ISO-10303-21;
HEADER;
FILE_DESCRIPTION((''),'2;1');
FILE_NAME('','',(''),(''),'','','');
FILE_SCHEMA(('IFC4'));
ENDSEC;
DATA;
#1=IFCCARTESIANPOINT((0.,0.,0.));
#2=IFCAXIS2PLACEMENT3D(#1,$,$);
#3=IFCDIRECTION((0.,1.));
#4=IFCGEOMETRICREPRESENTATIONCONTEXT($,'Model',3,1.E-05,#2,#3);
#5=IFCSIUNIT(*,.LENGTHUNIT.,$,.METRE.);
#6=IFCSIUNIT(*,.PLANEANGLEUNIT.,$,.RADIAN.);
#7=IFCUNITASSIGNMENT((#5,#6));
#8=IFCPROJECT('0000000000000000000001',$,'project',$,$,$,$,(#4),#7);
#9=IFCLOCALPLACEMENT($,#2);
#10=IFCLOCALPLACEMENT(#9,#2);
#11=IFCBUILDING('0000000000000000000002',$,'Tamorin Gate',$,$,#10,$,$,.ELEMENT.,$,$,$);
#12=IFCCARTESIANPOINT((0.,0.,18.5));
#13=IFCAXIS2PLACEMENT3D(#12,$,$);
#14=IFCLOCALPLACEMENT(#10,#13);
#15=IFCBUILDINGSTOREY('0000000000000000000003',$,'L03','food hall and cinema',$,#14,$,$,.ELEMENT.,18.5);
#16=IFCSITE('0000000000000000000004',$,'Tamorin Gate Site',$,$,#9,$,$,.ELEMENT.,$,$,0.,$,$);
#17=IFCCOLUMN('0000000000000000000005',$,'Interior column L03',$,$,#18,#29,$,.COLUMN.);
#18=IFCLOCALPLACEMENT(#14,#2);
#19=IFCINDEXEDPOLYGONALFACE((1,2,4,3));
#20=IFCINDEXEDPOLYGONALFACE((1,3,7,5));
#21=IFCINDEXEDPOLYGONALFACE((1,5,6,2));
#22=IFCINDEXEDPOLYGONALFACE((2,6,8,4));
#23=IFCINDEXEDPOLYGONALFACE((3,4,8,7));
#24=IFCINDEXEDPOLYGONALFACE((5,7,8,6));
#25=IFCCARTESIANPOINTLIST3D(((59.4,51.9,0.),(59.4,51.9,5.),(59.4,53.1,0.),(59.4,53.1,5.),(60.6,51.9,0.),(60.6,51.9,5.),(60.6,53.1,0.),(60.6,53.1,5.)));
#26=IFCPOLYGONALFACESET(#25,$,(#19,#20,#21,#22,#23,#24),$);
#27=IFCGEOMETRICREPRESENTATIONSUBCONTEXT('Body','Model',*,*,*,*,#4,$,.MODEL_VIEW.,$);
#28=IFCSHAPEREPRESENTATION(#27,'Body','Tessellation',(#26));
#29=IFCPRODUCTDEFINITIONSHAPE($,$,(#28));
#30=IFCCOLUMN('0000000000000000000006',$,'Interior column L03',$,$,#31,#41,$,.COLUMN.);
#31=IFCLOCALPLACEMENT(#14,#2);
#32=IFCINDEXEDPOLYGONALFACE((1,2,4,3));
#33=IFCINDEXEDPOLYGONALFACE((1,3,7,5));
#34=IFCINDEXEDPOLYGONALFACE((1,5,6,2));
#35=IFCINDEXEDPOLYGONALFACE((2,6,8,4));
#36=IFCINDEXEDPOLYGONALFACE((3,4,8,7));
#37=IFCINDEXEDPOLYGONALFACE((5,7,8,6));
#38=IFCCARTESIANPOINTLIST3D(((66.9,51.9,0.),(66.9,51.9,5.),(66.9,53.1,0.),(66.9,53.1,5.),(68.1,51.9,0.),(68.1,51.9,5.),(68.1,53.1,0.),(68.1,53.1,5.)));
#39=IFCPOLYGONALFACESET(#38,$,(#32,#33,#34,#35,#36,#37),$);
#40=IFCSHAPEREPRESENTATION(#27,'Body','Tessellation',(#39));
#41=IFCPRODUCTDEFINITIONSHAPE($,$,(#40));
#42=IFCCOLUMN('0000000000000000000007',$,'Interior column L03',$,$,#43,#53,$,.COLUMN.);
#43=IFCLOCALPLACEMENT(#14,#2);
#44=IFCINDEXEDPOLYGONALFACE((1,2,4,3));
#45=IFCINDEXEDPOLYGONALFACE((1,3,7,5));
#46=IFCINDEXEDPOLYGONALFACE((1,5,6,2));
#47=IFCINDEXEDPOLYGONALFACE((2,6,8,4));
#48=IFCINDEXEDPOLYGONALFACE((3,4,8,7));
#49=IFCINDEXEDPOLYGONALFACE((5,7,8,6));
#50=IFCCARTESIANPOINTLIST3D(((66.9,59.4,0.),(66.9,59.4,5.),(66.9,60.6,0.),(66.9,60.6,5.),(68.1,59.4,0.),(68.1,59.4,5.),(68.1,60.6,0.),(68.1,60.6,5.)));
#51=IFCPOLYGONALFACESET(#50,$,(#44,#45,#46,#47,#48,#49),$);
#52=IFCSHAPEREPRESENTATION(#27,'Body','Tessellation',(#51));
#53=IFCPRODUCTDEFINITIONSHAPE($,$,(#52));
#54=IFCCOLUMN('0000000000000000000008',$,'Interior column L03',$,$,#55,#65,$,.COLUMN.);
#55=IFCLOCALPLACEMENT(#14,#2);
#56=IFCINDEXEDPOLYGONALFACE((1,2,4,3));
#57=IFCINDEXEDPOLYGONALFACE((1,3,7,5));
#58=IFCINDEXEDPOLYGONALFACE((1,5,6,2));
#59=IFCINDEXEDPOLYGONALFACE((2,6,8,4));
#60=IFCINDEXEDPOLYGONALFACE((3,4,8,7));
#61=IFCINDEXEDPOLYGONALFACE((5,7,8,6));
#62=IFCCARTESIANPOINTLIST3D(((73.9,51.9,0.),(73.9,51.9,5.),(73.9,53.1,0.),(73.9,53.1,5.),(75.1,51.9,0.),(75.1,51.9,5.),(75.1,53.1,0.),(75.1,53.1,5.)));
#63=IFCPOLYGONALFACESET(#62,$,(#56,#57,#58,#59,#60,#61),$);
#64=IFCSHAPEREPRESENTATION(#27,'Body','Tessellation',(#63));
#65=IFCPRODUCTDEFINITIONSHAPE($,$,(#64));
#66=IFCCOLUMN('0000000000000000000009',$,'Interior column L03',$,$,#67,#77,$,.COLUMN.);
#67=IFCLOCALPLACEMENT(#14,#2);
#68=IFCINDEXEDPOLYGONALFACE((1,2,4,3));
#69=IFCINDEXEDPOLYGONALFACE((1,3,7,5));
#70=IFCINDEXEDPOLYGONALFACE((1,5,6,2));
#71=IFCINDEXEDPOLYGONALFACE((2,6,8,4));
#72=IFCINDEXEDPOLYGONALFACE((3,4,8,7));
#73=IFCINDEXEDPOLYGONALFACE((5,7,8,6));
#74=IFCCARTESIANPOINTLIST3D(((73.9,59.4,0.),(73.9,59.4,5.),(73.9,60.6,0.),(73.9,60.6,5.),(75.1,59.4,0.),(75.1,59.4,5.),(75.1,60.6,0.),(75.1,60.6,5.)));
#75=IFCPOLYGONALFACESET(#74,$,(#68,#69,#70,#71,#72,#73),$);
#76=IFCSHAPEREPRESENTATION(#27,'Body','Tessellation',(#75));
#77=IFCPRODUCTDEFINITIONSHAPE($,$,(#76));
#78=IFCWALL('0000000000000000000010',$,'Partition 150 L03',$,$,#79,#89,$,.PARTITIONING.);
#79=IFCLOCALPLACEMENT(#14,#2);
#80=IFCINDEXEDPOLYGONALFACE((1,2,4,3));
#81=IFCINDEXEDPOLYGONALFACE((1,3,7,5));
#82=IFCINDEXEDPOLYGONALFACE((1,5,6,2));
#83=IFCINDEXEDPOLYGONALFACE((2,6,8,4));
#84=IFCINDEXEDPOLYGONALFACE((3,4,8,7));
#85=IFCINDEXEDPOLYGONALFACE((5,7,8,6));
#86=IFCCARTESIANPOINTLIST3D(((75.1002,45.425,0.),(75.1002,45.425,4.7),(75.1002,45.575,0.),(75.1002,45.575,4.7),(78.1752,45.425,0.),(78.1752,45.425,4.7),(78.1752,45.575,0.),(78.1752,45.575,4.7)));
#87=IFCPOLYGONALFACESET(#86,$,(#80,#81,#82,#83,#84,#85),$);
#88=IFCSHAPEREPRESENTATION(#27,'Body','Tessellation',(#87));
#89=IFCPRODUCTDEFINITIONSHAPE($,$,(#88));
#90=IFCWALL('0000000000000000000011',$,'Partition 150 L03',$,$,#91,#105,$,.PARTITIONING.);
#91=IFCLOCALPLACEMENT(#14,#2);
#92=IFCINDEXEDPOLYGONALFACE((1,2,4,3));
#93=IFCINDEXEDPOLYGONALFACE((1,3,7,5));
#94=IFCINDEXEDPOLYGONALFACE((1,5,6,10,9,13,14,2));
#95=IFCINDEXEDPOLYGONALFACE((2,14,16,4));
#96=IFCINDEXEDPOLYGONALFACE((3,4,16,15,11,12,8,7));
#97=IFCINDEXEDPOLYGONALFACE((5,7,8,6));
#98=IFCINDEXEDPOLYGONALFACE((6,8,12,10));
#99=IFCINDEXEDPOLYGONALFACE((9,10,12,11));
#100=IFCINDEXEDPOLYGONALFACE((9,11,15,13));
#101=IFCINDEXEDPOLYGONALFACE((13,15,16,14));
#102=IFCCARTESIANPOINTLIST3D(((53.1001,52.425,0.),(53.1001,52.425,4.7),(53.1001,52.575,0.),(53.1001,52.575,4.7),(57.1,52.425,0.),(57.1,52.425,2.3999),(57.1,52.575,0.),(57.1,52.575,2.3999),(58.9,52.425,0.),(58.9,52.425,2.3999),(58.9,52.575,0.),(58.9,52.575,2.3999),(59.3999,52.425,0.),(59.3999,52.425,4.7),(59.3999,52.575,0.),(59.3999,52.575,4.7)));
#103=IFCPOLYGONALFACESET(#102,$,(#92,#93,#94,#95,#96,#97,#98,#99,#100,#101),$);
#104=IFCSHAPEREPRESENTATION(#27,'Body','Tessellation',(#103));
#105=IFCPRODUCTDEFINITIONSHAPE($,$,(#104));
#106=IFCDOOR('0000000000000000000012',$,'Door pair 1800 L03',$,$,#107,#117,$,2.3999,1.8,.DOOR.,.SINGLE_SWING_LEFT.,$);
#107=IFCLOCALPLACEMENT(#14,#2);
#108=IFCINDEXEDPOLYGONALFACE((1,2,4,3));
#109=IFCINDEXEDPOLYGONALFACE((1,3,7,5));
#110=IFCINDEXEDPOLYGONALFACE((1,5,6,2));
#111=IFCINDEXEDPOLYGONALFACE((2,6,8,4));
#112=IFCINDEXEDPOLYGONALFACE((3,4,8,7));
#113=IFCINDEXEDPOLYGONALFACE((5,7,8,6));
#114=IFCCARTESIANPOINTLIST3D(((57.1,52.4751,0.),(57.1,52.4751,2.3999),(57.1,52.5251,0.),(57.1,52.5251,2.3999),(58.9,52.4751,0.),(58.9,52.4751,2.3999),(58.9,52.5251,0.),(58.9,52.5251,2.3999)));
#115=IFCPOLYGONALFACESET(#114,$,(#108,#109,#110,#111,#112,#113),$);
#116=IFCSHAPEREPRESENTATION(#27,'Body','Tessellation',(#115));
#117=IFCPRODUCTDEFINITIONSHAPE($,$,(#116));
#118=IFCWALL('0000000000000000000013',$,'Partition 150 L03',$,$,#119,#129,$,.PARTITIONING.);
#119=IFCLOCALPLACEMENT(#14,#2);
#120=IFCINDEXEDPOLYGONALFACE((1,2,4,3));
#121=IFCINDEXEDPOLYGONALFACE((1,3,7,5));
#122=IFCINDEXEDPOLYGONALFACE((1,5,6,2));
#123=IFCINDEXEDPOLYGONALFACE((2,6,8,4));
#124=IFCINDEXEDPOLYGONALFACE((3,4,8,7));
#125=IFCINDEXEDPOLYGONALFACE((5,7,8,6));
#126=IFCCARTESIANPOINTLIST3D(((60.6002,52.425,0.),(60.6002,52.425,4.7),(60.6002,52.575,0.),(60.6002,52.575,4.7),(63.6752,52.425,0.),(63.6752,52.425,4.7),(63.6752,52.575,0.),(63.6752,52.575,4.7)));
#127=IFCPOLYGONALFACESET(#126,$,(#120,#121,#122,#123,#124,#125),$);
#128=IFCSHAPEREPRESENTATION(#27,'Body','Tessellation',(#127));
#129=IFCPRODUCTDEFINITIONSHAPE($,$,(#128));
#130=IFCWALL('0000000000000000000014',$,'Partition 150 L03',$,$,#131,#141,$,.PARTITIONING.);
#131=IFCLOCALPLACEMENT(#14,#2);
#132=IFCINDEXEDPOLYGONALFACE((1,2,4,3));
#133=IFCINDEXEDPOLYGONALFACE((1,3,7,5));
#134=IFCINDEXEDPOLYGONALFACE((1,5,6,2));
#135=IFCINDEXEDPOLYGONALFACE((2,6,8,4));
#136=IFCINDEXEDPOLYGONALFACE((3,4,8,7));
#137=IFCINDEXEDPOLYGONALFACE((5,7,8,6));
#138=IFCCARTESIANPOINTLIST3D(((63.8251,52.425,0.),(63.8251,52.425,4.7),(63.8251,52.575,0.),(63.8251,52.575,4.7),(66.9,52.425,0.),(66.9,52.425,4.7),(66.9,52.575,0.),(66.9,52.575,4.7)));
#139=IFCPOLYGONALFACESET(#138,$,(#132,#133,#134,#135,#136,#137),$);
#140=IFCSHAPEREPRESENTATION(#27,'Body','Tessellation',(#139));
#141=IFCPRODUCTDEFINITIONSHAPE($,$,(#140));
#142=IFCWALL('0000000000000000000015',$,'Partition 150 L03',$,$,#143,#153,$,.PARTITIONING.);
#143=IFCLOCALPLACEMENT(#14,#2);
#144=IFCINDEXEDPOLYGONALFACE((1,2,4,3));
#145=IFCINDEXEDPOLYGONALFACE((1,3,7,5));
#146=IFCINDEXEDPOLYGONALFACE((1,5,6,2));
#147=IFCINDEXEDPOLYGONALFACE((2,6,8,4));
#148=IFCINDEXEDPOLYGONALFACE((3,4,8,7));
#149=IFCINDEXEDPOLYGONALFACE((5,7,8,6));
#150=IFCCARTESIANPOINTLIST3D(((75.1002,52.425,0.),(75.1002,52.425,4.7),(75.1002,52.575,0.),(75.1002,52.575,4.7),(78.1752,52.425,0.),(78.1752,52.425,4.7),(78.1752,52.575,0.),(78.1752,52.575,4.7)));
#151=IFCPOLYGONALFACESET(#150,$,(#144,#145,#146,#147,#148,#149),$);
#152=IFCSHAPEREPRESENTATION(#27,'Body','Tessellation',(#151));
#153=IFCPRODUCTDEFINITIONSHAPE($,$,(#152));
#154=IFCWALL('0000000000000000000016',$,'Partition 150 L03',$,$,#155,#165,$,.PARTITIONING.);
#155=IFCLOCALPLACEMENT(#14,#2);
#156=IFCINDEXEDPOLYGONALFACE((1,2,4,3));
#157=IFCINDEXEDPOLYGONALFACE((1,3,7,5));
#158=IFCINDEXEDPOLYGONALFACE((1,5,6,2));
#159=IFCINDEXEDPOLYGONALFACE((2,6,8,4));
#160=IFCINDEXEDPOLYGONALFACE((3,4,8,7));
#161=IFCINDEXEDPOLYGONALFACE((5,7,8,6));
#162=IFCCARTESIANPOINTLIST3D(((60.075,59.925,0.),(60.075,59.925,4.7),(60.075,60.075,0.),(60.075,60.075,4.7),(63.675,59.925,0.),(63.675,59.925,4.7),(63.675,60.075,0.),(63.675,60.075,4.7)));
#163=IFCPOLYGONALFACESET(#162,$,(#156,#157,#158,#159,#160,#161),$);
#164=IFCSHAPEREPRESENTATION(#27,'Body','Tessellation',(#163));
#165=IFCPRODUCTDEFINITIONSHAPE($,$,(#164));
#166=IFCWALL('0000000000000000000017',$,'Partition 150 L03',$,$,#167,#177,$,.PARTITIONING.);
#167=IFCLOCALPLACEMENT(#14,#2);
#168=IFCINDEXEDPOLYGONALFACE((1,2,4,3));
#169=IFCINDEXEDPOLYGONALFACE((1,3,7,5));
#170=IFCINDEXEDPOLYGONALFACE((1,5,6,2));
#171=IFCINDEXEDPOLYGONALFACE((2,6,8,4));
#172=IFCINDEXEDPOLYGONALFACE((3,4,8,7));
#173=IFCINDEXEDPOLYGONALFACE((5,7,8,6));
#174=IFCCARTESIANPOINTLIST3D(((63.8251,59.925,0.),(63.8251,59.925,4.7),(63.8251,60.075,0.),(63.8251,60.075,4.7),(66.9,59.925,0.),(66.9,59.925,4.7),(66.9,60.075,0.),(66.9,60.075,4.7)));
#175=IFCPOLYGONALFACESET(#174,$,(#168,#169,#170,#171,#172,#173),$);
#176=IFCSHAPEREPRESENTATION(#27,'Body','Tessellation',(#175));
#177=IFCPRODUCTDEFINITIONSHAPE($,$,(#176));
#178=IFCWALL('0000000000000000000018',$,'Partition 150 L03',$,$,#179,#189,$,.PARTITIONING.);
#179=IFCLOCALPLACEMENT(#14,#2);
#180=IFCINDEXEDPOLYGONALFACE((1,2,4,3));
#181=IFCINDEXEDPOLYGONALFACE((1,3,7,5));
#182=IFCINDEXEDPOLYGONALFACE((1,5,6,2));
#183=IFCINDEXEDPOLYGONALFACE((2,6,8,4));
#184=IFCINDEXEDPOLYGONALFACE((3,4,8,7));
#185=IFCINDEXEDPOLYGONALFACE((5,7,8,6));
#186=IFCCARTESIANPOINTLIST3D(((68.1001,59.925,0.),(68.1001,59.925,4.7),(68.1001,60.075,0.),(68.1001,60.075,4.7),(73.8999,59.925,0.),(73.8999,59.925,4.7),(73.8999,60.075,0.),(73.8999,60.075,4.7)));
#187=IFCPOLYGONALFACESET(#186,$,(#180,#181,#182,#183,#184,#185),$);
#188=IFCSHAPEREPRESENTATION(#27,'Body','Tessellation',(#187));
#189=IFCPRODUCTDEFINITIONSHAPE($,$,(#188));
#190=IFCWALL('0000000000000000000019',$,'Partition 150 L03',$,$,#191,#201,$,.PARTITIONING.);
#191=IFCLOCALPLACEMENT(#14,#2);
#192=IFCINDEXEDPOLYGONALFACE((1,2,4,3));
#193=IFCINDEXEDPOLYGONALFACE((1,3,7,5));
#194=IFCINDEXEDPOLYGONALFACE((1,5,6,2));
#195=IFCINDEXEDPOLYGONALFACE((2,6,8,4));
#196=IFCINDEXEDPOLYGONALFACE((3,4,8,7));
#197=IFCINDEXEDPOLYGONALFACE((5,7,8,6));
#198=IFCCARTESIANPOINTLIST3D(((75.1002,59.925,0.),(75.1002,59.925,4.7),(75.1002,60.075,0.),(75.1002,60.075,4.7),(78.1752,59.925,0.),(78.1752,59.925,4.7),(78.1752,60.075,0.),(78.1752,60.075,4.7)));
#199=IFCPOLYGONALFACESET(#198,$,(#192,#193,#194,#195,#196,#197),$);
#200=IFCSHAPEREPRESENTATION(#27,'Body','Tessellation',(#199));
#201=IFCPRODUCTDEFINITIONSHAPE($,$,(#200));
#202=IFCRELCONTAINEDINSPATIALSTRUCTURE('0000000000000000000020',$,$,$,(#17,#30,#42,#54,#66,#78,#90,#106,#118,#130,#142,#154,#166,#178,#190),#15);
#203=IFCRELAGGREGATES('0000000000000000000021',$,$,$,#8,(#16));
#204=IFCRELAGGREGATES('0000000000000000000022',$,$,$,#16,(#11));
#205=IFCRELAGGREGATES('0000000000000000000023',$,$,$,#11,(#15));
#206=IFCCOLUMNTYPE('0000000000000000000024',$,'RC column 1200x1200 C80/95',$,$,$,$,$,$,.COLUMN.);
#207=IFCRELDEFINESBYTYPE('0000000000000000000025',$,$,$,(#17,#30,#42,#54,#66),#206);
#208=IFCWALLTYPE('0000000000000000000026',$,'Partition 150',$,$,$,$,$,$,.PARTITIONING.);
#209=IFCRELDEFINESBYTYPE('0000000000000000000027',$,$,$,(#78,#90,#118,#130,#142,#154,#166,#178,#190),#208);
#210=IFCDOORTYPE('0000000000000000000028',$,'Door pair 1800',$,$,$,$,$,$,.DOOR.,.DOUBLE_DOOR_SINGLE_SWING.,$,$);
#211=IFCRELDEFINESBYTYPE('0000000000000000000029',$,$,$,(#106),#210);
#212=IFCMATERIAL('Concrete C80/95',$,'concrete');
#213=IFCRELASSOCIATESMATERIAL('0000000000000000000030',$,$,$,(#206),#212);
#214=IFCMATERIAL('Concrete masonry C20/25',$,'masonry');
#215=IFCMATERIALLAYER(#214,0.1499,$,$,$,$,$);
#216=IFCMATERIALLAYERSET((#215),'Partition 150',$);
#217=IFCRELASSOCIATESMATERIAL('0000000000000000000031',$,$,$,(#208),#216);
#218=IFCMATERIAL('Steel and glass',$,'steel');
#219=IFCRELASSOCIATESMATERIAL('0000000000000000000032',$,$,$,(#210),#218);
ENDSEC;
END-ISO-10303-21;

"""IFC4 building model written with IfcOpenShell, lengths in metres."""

from ifc_helpers import new_model, si_unit, direction, frame, frame_2d, origin, origin_2d, place, context, subcontext, project, spatial, rectangle, extrude, material, layer, layer_set, material_profile, profile_set, type_object, element, fill, save


model = new_model("IFC4")

# Units and contexts
model_context = context("Model", 3, precision=1e-05, world=origin(), true_north=direction((0.0, 1.0)))
body_context = subcontext(model_context, "Body", "Model", "MODEL_VIEW")
ifc_project = project(units=[si_unit("LENGTHUNIT", "METRE"), si_unit("PLANEANGLEUNIT", "RADIAN")], contexts=[model_context])

# Site, building, storey
site_placement = place(None, origin())
site = spatial("IfcSite", under=ifc_project, at=site_placement, Name="Tamorin Gate Site", CompositionType="ELEMENT", RefElevation=0.0)
building_placement = place(site_placement, origin())
building = spatial("IfcBuilding", under=site, at=building_placement, Name="Tamorin Gate", CompositionType="ELEMENT")
storey_placement = place(building_placement, frame((0.0, 0.0, 18.5)))
storey = spatial("IfcBuildingStorey", under=building, at=storey_placement, Name="L03", Description="food hall and cinema", CompositionType="ELEMENT", Elevation=18.5)

# Columns
ifc_material_1 = material(Name="Concrete C80/95", Category="concrete")
ifc_material_profile = material_profile(ifc_material_1, rectangle(XDim=1.2, YDim=1.2, at=origin_2d()), Name="RC 1200x1200")
ifc_profile_set = profile_set([ifc_material_profile], Name="Concrete C80/95")
column_type = type_object("IfcColumnType", Name="RC column 1200x1200 C80/95", PredefinedType="COLUMN", material=ifc_profile_set)
for number, where, z_axis, x_axis, name in (
    (1, (60.0, 52.5, 0.0), (0.0, 0.0, 1.0), (1.0, 0.0, 0.0), "Interior column L03"),
    (2, (67.5, 52.5, 0.0), (0.0, 0.0, 1.0), (1.0, 0.0, 0.0), "Interior column L03"),
    (3, (67.5, 60.0, 0.0), (0.0, 0.0, 1.0), (1.0, 0.0, 0.0), "Interior column L03"),
    (4, (74.5, 52.5, 0.0), (0.0, 0.0, 1.0), (1.0, 0.0, 0.0), "Interior column L03"),
    (5, (74.5, 60.0, 0.0), (0.0, 0.0, 1.0), (1.0, 0.0, 0.0), "Interior column L03"),
):
    element("IfcColumn", number, at=place(storey_placement, frame(where, z_axis=z_axis, x_axis=x_axis)), inside=storey, type_object=column_type, Name=name, PredefinedType="COLUMN", context=body_context, shape_type="SweptSolid", body=[
        extrude(rectangle(XDim=1.2, YDim=1.2, at=origin_2d()), origin(), (0.0, 0.0, 1.0), 5.0),
    ])

# Wall
ifc_material_2 = material(Name="Concrete masonry C20/25", Category="masonry")
ifc_layer_1 = layer(ifc_material_2, 0.1499)
ifc_layer_set_1 = layer_set([ifc_layer_1], Name="Partition 150")
wall_type_1 = type_object("IfcWallType", Name="Partition 150", PredefinedType="PARTITIONING", material=ifc_layer_set_1)
wall_1_placement = place(storey_placement, frame((75.1001, 45.5, 0.0), z_axis=(0.0, 0.0, 1.0), x_axis=(1.0, 0.0, 0.0)))
element("IfcWall", 6, at=wall_1_placement, inside=storey, type_object=wall_type_1, Name="Partition 150 L03", PredefinedType="PARTITIONING", context=body_context, shape_type="SweptSolid", body=[
    extrude(rectangle(XDim=3.075, YDim=0.1499, at=frame_2d((1.5376, 0.0))), origin(), (0.0, 0.0, 1.0), 4.7),
])

# Wall, opening, door
wall_2_placement = place(storey_placement, frame((59.3999, 52.5, 0.0), z_axis=(0.0, 0.0, 1.0), x_axis=(-1.0, 0.0, 0.0)))
wall_2 = element("IfcWall", 7, at=wall_2_placement, inside=storey, type_object=wall_type_1, Name="Partition 150 L03", PredefinedType="PARTITIONING", context=body_context, shape_type="SweptSolid", body=[
    extrude(rectangle(XDim=6.2998, YDim=0.1499, at=frame_2d((3.1499, 0.0))), origin(), (0.0, 0.0, 1.0), 4.7),
])
opening_1_placement = place(wall_2_placement, frame((0.5, 0.0, 0.0)))
opening_1 = element("IfcOpeningElement", 8, at=opening_1_placement, cuts=wall_2, PredefinedType="OPENING", context=body_context, shape_type="SweptSolid", body=[
    extrude(rectangle(XDim=1.8, YDim=2.3999, at=frame_2d((0.8999, 1.2))), frame((0.0, 0.085, 0.0), z_axis=(0.0, -1.0, 0.0), x_axis=(1.0, 0.0, 0.0)), (0.0, 0.0, 1.0), 0.1699),
])
ifc_material_3 = material(Name="Steel and glass", Category="steel")
door_type_1 = type_object("IfcDoorType", Name="Door pair 1800", OperationType="DOUBLE_DOOR_SINGLE_SWING", PredefinedType="DOOR", material=ifc_material_3)
door_1_placement = place(opening_1_placement, origin())
door_1 = element("IfcDoor", 9, at=door_1_placement, inside=storey, type_object=door_type_1, Name="Door pair 1800 L03", OperationType="SINGLE_SWING_LEFT", OverallHeight=2.3999, OverallWidth=1.8, PredefinedType="DOOR", context=body_context, shape_type="SweptSolid", body=[
    extrude(rectangle(XDim=1.8, YDim=2.3999, at=frame_2d((0.8999, 1.2))), frame((0.0, 0.0249, 0.0), z_axis=(0.0, -1.0, 0.0), x_axis=(1.0, 0.0, 0.0)), (0.0, 0.0, 1.0), 0.05),
])
fill(opening_1, door_1)

# Walls
for number, where, z_axis, x_axis, name in (
    (10, (60.6001, 52.5, 0.0), (0.0, 0.0, 1.0), (1.0, 0.0, 0.0), "Partition 150 L03"),
    (11, (63.825, 52.5, 0.0), (0.0, 0.0, 1.0), (1.0, 0.0, 0.0), "Partition 150 L03"),
):
    element("IfcWall", number, at=place(storey_placement, frame(where, z_axis=z_axis, x_axis=x_axis)), inside=storey, type_object=wall_type_1, Name=name, PredefinedType="PARTITIONING", context=body_context, shape_type="SweptSolid", body=[
        extrude(rectangle(XDim=3.075, YDim=0.1499, at=frame_2d((1.5376, 0.0))), origin(), (0.0, 0.0, 1.0), 4.7),
    ])

# Walls
wall_3_placement = place(storey_placement, frame((75.1001, 52.5, 0.0), z_axis=(0.0, 0.0, 1.0), x_axis=(1.0, 0.0, 0.0)))
element("IfcWall", 12, at=wall_3_placement, inside=storey, type_object=wall_type_1, Name="Partition 150 L03", PredefinedType="PARTITIONING", context=body_context, shape_type="SweptSolid", body=[
    extrude(rectangle(XDim=3.075, YDim=0.1499, at=frame_2d((1.5376, 0.0))), origin(), (0.0, 0.0, 1.0), 4.7),
])
wall_4_placement = place(storey_placement, frame((60.075, 60.0, 0.0), z_axis=(0.0, 0.0, 1.0), x_axis=(1.0, 0.0, 0.0)))
element("IfcWall", 13, at=wall_4_placement, inside=storey, type_object=wall_type_1, Name="Partition 150 L03", PredefinedType="PARTITIONING", context=body_context, shape_type="SweptSolid", body=[
    extrude(rectangle(XDim=3.6001, YDim=0.1499, at=frame_2d((1.8, 0.0))), origin(), (0.0, 0.0, 1.0), 4.7),
])
wall_5_placement = place(storey_placement, frame((63.825, 60.0, 0.0), z_axis=(0.0, 0.0, 1.0), x_axis=(1.0, 0.0, 0.0)))
element("IfcWall", 14, at=wall_5_placement, inside=storey, type_object=wall_type_1, Name="Partition 150 L03", PredefinedType="PARTITIONING", context=body_context, shape_type="SweptSolid", body=[
    extrude(rectangle(XDim=3.075, YDim=0.1499, at=frame_2d((1.5376, 0.0))), origin(), (0.0, 0.0, 1.0), 4.7),
])
wall_6_placement = place(storey_placement, frame((68.1001, 60.0, 0.0), z_axis=(0.0, 0.0, 1.0), x_axis=(1.0, 0.0, 0.0)))
element("IfcWall", 15, at=wall_6_placement, inside=storey, type_object=wall_type_1, Name="Partition 150 L03", PredefinedType="PARTITIONING", context=body_context, shape_type="SweptSolid", body=[
    extrude(rectangle(XDim=5.7998, YDim=0.1499, at=frame_2d((2.8999, 0.0))), origin(), (0.0, 0.0, 1.0), 4.7),
])
wall_7_placement = place(storey_placement, frame((75.1001, 60.0, 0.0), z_axis=(0.0, 0.0, 1.0), x_axis=(1.0, 0.0, 0.0)))
element("IfcWall", 16, at=wall_7_placement, inside=storey, type_object=wall_type_1, Name="Partition 150 L03", PredefinedType="PARTITIONING", context=body_context, shape_type="SweptSolid", body=[
    extrude(rectangle(XDim=3.075, YDim=0.1499, at=frame_2d((1.5376, 0.0))), origin(), (0.0, 0.0, 1.0), 4.7),
])

save(model, "model.ifc")
